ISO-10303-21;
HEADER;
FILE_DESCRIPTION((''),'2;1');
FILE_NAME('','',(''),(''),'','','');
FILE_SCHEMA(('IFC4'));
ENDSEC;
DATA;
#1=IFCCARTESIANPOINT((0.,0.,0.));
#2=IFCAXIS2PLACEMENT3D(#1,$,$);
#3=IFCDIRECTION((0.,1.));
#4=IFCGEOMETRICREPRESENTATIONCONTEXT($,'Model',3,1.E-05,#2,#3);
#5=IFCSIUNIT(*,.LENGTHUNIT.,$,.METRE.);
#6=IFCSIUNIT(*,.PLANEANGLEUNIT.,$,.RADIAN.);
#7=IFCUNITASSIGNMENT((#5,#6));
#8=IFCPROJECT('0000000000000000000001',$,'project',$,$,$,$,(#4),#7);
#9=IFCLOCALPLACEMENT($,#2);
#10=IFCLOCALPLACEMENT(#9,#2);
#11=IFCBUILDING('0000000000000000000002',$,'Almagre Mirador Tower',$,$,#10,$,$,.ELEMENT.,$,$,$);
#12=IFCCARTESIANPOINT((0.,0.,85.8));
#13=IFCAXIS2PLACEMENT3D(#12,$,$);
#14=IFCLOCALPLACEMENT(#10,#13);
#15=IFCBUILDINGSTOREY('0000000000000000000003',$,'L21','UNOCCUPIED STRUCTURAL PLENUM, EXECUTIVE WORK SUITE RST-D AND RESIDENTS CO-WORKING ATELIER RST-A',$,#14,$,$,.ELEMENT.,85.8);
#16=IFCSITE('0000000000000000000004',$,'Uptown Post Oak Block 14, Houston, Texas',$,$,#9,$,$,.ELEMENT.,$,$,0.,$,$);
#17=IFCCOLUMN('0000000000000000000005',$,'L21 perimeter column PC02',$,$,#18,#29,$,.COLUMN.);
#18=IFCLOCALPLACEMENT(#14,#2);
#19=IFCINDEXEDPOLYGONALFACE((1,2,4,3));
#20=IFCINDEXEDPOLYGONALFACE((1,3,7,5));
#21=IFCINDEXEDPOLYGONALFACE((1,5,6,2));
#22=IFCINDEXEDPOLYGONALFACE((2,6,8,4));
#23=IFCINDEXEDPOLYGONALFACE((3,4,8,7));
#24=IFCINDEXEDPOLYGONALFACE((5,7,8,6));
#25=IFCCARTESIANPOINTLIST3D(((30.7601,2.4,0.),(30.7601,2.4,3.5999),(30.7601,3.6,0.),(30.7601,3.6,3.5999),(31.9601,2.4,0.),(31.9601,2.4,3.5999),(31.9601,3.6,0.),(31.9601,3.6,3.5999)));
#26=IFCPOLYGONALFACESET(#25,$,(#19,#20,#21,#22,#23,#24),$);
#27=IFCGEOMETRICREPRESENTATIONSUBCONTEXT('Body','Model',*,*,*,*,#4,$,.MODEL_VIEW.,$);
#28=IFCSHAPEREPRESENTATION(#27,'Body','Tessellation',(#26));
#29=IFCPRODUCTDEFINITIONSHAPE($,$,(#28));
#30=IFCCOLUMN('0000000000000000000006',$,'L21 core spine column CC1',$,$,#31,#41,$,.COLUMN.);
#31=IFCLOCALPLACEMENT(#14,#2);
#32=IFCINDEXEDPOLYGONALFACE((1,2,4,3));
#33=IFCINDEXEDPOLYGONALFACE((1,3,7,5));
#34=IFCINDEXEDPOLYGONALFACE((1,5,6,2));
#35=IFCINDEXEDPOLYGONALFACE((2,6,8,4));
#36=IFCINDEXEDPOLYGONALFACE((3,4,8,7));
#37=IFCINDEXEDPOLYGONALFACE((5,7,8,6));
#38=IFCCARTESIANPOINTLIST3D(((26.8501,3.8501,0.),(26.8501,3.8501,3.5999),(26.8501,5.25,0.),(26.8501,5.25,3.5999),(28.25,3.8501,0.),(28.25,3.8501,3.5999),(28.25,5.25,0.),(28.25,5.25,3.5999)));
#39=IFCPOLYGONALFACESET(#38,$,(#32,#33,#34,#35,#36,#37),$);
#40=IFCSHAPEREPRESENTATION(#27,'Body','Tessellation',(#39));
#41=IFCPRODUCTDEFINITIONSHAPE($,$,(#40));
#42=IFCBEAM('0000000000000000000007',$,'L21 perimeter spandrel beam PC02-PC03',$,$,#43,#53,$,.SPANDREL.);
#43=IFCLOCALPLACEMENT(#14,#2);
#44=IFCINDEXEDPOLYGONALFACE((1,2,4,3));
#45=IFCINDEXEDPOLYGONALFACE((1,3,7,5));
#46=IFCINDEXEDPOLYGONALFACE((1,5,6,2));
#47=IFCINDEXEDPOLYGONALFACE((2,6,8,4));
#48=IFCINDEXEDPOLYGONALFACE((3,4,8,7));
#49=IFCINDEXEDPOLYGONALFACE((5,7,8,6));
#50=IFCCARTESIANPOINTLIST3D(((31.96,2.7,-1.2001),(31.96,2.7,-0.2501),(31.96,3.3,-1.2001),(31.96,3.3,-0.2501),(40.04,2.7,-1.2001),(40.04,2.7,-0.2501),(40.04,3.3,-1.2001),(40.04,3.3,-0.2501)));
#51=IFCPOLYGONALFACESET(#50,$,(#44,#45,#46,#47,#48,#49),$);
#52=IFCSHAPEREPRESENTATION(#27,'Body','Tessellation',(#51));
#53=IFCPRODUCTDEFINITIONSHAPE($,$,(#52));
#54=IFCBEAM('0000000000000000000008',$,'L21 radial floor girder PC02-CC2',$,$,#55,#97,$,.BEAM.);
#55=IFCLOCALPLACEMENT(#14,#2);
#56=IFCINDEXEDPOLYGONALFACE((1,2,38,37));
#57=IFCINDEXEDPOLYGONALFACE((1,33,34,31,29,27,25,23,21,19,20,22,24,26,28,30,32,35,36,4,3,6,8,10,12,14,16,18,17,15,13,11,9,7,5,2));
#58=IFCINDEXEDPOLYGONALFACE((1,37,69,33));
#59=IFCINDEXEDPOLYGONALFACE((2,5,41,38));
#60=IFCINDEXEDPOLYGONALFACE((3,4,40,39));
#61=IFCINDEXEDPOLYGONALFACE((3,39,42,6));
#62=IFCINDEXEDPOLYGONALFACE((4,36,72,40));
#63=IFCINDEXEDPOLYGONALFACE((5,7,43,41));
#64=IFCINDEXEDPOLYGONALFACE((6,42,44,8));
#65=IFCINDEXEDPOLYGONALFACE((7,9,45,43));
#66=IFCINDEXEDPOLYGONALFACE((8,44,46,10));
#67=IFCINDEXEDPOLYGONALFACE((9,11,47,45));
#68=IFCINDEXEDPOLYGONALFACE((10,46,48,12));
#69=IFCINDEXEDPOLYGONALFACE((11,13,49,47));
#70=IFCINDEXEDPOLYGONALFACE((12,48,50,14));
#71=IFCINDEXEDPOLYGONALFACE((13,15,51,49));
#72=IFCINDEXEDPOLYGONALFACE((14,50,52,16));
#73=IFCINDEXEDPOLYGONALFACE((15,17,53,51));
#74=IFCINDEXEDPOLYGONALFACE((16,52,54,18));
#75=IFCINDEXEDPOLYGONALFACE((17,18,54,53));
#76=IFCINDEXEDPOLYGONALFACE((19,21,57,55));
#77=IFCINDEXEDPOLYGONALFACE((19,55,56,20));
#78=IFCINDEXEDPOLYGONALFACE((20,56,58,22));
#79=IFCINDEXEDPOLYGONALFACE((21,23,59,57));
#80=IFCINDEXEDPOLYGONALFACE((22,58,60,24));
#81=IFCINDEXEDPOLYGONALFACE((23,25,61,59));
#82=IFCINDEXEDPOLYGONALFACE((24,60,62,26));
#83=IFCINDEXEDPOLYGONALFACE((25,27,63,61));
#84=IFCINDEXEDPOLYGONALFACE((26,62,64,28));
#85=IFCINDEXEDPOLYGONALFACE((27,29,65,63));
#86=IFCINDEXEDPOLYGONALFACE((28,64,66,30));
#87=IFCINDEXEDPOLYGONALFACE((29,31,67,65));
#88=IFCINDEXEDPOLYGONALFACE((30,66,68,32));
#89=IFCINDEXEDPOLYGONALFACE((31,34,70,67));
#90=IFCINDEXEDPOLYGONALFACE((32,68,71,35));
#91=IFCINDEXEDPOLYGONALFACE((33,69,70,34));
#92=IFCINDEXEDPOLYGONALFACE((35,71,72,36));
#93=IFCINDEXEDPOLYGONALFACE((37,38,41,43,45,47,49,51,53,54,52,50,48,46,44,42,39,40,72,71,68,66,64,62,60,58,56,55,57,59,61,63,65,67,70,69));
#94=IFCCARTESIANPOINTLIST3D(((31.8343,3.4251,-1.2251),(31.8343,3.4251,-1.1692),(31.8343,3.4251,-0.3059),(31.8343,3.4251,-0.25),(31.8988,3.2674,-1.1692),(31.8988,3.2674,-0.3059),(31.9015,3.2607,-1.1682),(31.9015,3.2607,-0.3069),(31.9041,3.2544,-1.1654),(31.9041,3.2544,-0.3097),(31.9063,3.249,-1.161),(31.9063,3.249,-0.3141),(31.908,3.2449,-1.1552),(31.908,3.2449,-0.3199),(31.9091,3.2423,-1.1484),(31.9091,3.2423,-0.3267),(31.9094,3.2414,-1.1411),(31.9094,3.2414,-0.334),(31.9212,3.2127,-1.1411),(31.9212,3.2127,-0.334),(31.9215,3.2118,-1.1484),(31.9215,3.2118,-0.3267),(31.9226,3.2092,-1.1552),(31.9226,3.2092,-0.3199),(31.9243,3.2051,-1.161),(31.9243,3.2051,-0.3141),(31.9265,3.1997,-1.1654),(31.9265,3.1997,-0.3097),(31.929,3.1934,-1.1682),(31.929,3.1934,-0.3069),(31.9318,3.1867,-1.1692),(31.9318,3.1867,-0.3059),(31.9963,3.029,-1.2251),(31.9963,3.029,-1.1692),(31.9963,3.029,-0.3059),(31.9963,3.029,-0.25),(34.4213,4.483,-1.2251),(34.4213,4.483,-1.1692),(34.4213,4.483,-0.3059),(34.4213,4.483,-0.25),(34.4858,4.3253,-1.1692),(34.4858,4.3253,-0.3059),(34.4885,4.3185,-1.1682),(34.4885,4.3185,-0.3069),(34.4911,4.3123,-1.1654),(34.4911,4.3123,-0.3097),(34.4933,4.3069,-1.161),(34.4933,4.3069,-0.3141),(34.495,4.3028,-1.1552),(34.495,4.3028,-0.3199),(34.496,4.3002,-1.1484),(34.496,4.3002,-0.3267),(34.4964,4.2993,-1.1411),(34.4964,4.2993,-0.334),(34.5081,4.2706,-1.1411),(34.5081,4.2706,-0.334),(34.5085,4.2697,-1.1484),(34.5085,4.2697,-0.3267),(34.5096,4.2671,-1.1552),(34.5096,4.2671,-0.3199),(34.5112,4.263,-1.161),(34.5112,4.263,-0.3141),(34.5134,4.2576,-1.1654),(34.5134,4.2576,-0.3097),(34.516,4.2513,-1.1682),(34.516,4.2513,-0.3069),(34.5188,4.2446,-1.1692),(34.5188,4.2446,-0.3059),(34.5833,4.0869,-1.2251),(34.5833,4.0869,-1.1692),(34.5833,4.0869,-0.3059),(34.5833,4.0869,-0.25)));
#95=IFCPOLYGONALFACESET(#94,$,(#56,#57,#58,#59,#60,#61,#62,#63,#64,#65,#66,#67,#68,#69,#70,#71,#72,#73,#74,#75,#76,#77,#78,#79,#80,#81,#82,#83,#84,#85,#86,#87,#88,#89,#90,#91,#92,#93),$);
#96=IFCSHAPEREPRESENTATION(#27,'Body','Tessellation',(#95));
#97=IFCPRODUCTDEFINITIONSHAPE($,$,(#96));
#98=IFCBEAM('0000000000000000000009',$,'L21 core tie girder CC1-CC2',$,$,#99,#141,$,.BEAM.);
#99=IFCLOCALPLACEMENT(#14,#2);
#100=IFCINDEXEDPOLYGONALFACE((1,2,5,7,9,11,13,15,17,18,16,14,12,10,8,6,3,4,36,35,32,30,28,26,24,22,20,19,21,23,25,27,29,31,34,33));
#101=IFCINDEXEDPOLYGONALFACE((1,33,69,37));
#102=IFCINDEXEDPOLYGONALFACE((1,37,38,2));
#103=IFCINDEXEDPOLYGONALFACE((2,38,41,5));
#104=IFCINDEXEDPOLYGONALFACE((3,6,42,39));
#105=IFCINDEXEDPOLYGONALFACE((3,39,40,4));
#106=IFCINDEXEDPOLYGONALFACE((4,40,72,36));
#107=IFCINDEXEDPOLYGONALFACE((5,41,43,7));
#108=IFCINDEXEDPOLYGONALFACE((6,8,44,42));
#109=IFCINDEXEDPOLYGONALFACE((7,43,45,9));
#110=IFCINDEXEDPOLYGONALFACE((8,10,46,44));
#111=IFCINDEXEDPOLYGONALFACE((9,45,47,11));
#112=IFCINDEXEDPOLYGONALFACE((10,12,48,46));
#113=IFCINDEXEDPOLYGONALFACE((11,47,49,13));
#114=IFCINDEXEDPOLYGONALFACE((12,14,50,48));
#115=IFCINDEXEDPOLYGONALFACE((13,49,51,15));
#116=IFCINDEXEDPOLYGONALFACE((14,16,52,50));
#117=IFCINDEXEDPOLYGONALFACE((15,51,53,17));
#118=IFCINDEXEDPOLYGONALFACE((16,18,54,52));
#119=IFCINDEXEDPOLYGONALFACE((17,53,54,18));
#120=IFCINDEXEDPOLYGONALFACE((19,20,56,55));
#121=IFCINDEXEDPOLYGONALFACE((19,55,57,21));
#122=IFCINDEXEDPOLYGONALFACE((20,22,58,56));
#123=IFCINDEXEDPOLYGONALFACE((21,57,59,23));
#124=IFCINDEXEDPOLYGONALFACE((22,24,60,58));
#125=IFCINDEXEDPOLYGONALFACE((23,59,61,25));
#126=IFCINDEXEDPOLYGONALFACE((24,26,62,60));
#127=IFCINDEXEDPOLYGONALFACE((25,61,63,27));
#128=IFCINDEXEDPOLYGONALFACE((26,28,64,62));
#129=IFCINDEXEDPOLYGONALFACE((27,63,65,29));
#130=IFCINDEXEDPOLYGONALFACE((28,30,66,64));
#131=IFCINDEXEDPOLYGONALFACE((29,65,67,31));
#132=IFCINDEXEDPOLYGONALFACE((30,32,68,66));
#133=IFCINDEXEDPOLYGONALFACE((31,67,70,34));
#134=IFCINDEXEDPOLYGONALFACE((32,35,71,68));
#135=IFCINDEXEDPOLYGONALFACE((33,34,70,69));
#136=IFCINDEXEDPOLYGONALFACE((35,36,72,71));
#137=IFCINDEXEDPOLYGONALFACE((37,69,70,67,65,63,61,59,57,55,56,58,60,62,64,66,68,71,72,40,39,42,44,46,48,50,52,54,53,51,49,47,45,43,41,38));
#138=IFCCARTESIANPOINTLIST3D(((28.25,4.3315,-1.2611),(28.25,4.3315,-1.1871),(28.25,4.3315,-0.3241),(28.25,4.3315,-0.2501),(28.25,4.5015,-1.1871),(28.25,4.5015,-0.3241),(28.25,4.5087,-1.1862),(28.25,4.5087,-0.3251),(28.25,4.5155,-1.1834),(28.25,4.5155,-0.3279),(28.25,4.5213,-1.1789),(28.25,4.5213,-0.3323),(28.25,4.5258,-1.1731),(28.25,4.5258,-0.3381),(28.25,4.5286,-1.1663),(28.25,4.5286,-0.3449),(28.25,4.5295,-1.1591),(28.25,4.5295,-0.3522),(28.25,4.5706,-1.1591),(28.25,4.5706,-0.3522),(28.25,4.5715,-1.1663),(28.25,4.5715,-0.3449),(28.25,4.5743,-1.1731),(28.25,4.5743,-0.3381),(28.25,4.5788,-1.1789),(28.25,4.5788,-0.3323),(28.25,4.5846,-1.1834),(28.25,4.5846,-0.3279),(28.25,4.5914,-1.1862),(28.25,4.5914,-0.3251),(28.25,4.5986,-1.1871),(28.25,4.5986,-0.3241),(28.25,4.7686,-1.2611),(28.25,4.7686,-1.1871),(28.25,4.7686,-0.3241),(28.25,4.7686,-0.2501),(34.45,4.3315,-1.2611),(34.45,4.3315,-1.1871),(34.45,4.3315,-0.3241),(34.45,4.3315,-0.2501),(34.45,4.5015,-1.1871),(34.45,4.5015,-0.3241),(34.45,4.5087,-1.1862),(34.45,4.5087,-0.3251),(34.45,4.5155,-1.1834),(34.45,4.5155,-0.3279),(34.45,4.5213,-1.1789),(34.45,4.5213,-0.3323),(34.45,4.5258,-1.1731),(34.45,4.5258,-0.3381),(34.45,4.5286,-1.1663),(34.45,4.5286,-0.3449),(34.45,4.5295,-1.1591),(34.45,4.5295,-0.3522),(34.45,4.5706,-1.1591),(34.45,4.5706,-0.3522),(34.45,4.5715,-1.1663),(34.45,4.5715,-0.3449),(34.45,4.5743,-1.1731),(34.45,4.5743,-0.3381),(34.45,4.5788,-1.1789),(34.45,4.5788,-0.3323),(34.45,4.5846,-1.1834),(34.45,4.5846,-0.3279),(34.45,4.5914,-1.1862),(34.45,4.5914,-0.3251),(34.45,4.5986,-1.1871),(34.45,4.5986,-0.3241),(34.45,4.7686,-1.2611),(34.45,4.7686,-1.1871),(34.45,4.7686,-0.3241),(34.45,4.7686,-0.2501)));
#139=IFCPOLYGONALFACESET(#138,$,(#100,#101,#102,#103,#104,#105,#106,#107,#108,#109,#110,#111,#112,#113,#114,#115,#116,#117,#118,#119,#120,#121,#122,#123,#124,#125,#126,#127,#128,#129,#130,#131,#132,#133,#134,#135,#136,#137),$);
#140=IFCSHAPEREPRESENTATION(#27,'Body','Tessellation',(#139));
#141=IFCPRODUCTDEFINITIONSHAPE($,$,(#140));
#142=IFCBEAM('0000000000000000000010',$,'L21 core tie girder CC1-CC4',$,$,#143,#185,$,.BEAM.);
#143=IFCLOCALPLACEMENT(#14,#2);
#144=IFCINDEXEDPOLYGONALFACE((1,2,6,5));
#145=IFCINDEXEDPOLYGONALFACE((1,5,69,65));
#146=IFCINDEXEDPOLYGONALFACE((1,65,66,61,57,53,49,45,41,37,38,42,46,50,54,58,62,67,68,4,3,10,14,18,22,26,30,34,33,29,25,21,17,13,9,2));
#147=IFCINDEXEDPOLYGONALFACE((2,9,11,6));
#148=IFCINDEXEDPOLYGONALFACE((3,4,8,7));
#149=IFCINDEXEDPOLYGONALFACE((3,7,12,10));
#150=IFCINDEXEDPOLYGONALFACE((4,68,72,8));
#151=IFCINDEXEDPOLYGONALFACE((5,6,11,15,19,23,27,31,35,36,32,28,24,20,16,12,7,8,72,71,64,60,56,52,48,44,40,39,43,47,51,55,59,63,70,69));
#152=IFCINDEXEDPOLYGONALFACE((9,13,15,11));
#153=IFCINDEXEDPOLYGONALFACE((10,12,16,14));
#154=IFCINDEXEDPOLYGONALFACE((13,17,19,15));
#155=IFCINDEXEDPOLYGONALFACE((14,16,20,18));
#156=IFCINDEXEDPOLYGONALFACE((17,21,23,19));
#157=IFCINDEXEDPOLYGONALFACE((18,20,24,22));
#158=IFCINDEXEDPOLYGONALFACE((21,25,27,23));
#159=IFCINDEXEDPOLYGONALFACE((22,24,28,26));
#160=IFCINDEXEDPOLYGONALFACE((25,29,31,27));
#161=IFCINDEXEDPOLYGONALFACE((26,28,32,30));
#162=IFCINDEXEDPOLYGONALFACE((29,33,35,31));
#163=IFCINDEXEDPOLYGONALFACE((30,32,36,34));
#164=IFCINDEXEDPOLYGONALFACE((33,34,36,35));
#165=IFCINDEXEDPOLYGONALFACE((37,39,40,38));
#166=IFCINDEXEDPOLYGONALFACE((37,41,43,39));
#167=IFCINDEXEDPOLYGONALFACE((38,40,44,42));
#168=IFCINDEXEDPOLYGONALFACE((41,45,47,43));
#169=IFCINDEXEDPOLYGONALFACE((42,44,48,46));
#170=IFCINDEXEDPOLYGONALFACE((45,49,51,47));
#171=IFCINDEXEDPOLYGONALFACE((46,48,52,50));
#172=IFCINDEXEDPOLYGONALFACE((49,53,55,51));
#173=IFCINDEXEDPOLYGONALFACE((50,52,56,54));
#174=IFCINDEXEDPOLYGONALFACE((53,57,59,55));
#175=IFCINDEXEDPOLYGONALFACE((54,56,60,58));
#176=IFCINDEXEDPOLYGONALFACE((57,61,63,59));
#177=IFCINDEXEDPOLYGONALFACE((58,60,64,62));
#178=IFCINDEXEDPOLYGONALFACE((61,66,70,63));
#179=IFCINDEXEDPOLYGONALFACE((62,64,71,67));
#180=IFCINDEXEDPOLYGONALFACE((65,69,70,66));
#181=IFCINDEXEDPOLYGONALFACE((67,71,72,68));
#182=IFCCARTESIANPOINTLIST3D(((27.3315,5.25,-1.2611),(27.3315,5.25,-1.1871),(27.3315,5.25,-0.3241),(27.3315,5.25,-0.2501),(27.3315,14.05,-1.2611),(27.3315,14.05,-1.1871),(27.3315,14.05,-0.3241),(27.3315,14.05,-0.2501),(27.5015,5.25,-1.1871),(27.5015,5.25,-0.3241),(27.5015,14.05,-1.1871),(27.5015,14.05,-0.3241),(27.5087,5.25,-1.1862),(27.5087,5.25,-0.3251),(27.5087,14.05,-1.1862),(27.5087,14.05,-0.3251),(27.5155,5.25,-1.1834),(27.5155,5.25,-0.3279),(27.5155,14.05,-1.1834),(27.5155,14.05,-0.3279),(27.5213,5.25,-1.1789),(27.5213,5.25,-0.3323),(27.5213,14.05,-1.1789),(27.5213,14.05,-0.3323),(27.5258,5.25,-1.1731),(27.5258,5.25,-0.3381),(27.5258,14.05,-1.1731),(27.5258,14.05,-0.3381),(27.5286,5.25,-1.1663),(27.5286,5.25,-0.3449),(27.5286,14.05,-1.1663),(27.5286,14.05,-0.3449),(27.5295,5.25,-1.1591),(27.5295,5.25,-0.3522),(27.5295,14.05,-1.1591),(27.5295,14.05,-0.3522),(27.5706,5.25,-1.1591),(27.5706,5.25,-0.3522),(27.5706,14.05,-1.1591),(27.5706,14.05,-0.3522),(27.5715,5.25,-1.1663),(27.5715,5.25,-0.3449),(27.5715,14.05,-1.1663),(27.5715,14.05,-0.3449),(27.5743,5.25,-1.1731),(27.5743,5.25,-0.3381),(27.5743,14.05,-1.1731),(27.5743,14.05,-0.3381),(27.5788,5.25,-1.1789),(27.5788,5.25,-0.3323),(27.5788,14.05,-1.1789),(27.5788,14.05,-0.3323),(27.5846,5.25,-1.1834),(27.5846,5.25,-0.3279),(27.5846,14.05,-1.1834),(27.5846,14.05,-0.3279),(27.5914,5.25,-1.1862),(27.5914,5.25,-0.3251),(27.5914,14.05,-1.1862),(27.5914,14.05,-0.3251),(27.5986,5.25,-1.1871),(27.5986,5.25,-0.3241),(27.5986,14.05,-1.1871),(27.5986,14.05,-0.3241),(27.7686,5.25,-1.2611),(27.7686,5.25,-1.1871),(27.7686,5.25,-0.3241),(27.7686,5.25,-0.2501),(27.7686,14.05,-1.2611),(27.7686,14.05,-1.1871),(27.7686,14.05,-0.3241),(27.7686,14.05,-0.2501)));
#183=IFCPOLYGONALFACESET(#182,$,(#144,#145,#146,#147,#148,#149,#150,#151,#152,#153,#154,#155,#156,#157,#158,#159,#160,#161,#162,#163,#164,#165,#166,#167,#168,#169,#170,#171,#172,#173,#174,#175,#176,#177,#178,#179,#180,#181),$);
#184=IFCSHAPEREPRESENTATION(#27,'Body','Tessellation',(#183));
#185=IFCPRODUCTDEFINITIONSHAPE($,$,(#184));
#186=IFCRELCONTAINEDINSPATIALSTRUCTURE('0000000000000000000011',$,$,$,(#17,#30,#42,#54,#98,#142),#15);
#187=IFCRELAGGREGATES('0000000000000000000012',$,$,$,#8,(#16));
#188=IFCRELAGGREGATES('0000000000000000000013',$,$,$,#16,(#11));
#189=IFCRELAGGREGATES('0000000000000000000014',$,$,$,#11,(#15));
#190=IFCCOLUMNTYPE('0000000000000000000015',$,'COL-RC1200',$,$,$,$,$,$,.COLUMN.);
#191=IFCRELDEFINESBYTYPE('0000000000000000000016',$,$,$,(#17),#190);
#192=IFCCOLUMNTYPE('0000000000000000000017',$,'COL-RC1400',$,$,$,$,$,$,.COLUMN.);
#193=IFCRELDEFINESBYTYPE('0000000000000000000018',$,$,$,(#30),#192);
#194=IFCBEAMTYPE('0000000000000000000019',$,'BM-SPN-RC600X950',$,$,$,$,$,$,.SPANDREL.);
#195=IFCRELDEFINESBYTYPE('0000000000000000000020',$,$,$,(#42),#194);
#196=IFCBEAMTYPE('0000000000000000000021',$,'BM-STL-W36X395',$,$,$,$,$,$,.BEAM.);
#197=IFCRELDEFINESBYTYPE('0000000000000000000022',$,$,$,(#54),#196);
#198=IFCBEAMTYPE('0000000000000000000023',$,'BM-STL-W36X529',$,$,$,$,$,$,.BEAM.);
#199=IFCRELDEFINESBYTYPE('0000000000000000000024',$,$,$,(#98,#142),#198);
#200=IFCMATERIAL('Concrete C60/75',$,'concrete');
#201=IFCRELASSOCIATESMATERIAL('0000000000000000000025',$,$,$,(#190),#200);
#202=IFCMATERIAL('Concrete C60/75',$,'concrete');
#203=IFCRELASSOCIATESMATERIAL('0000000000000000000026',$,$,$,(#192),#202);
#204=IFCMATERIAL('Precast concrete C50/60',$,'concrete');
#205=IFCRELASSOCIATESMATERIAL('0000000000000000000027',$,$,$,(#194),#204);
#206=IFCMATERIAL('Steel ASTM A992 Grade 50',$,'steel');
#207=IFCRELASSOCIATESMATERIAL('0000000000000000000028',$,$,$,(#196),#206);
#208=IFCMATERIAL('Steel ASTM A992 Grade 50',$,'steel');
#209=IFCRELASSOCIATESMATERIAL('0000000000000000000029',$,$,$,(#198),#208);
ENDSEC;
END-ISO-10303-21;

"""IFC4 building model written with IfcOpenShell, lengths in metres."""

from ifc_helpers import new_model, si_unit, direction, frame, origin, origin_2d, place, context, subcontext, project, spatial, rectangle, i_section, extrude, material, material_profile, profile_set, type_object, element, save


model = new_model("IFC4")

# Units and contexts
model_context = context("Model", 3, precision=1e-05, world=origin(), true_north=direction((0.0, 1.0)))
body_context = subcontext(model_context, "Body", "Model", "MODEL_VIEW")
ifc_project = project(units=[si_unit("LENGTHUNIT", "METRE"), si_unit("PLANEANGLEUNIT", "RADIAN")], contexts=[model_context])

# Site, building, storey
site_placement = place(None, origin())
site = spatial("IfcSite", under=ifc_project, at=site_placement, Name="Uptown Post Oak Block 14, Houston, Texas", CompositionType="ELEMENT", RefElevation=0.0)
building_placement = place(site_placement, origin())
building = spatial("IfcBuilding", under=site, at=building_placement, Name="Almagre Mirador Tower", CompositionType="ELEMENT")
storey_placement = place(building_placement, frame((0.0, 0.0, 85.8)))
storey = spatial("IfcBuildingStorey", under=building, at=storey_placement, Name="L21", Description="UNOCCUPIED STRUCTURAL PLENUM, EXECUTIVE WORK SUITE RST-D AND RESIDENTS CO-WORKING ATELIER RST-A", CompositionType="ELEMENT", Elevation=85.8)

# Columns
ifc_material_1 = material(Name="Concrete C60/75", Category="concrete")
ifc_material_profile_1 = material_profile(ifc_material_1, rectangle(XDim=1.2, YDim=1.2, at=origin_2d()), Name="RC1200X1200")
ifc_profile_set_1 = profile_set([ifc_material_profile_1], Name="Concrete C60/75")
column_type_1 = type_object("IfcColumnType", Name="COL-RC1200", PredefinedType="COLUMN", material=ifc_profile_set_1)
column_1_placement = place(storey_placement, frame((31.3601, 3.0, 0.0), z_axis=(0.0, 0.0, 1.0), x_axis=(1.0, 0.0, 0.0)))
element("IfcColumn", 1, at=column_1_placement, inside=storey, type_object=column_type_1, Name="L21 perimeter column PC02", PredefinedType="COLUMN", context=body_context, shape_type="SweptSolid", body=[
    extrude(rectangle(XDim=1.2, YDim=1.2, at=origin_2d()), origin(), (0.0, 0.0, 1.0), 3.5999),
])
ifc_material_2 = material(Name="Concrete C60/75", Category="concrete")
ifc_material_profile_2 = material_profile(ifc_material_2, rectangle(XDim=1.3999, YDim=1.3999, at=origin_2d()), Name="RC1400X1400")
ifc_profile_set_2 = profile_set([ifc_material_profile_2], Name="Concrete C60/75")
column_type_2 = type_object("IfcColumnType", Name="COL-RC1400", PredefinedType="COLUMN", material=ifc_profile_set_2)
column_2_placement = place(storey_placement, frame((27.55, 4.55, 0.0), z_axis=(0.0, 0.0, 1.0), x_axis=(1.0, 0.0, 0.0)))
element("IfcColumn", 2, at=column_2_placement, inside=storey, type_object=column_type_2, Name="L21 core spine column CC1", PredefinedType="COLUMN", context=body_context, shape_type="SweptSolid", body=[
    extrude(rectangle(XDim=1.3999, YDim=1.3999, at=origin_2d()), origin(), (0.0, 0.0, 1.0), 3.5999),
])

# Beams
ifc_material_3 = material(Name="Precast concrete C50/60", Category="concrete")
ifc_material_profile_3 = material_profile(ifc_material_3, rectangle(XDim=0.6001, YDim=0.95, at=origin_2d()), Name="RC600X950")
ifc_profile_set_3 = profile_set([ifc_material_profile_3], Name="Precast concrete C50/60")
beam_type_1 = type_object("IfcBeamType", Name="BM-SPN-RC600X950", PredefinedType="SPANDREL", material=ifc_profile_set_3)
beam_1_placement = place(storey_placement, frame((31.96, 3.0, -0.7251), z_axis=(1.0, 0.0, 0.0), x_axis=(0.0, 1.0, 0.0)))
element("IfcBeam", 3, at=beam_1_placement, inside=storey, type_object=beam_type_1, Name="L21 perimeter spandrel beam PC02-PC03", PredefinedType="SPANDREL", context=body_context, shape_type="SweptSolid", body=[
    extrude(rectangle(XDim=0.6001, YDim=0.95, at=origin_2d()), origin(), (0.0, 0.0, 1.0), 8.0801),
])
ifc_material_4 = material(Name="Steel ASTM A992 Grade 50", Category="steel")
ifc_material_profile_4 = material_profile(ifc_material_4, i_section(OverallWidth=0.428, OverallDepth=0.9751, WebThickness=0.031, FlangeThickness=0.0559, FilletRadius=0.0281, at=origin_2d()), Name="W36X395")
ifc_profile_set_4 = profile_set([ifc_material_profile_4], Name="Steel ASTM A992 Grade 50")
beam_type_2 = type_object("IfcBeamType", Name="BM-STL-W36X395", PredefinedType="BEAM", material=ifc_profile_set_4)
beam_2_placement = place(storey_placement, frame((31.9153, 3.2271, -0.7375), z_axis=(0.9256, 0.378504, 0.0), x_axis=(-0.378504, 0.9256, 0.0)))
element("IfcBeam", 4, at=beam_2_placement, inside=storey, type_object=beam_type_2, Name="L21 radial floor girder PC02-CC2", PredefinedType="BEAM", context=body_context, shape_type="SweptSolid", body=[
    extrude(i_section(OverallWidth=0.428, OverallDepth=0.9751, WebThickness=0.031, FlangeThickness=0.0559, FilletRadius=0.0281, at=origin_2d()), origin(), (0.0, 0.0, 1.0), 2.7949),
])
ifc_material_5 = material(Name="Steel ASTM A992 Grade 50", Category="steel")
ifc_material_profile_5 = material_profile(ifc_material_5, i_section(OverallWidth=0.437, OverallDepth=1.011, WebThickness=0.041, FlangeThickness=0.074, FilletRadius=0.0281, at=origin_2d()), Name="W36X529")
ifc_profile_set_5 = profile_set([ifc_material_profile_5], Name="Steel ASTM A992 Grade 50")
beam_type_3 = type_object("IfcBeamType", Name="BM-STL-W36X529", PredefinedType="BEAM", material=ifc_profile_set_5)
beam_3_placement = place(storey_placement, frame((28.25, 4.55, -0.7556), z_axis=(1.0, 0.0, 0.0), x_axis=(0.0, 1.0, 0.0)))
element("IfcBeam", 5, at=beam_3_placement, inside=storey, type_object=beam_type_3, Name="L21 core tie girder CC1-CC2", PredefinedType="BEAM", context=body_context, shape_type="SweptSolid", body=[
    extrude(i_section(OverallWidth=0.437, OverallDepth=1.011, WebThickness=0.041, FlangeThickness=0.074, FilletRadius=0.0281, at=origin_2d()), origin(), (0.0, 0.0, 1.0), 6.2),
])
beam_4_placement = place(storey_placement, frame((27.55, 5.25, -0.7556), z_axis=(0.0, 1.0, 0.0), x_axis=(-1.0, 0.0, 0.0)))
element("IfcBeam", 6, at=beam_4_placement, inside=storey, type_object=beam_type_3, Name="L21 core tie girder CC1-CC4", PredefinedType="BEAM", context=body_context, shape_type="SweptSolid", body=[
    extrude(i_section(OverallWidth=0.437, OverallDepth=1.011, WebThickness=0.041, FlangeThickness=0.074, FilletRadius=0.0281, at=origin_2d()), origin(), (0.0, 0.0, 1.0), 8.8),
])

save(model, "model.ifc")
